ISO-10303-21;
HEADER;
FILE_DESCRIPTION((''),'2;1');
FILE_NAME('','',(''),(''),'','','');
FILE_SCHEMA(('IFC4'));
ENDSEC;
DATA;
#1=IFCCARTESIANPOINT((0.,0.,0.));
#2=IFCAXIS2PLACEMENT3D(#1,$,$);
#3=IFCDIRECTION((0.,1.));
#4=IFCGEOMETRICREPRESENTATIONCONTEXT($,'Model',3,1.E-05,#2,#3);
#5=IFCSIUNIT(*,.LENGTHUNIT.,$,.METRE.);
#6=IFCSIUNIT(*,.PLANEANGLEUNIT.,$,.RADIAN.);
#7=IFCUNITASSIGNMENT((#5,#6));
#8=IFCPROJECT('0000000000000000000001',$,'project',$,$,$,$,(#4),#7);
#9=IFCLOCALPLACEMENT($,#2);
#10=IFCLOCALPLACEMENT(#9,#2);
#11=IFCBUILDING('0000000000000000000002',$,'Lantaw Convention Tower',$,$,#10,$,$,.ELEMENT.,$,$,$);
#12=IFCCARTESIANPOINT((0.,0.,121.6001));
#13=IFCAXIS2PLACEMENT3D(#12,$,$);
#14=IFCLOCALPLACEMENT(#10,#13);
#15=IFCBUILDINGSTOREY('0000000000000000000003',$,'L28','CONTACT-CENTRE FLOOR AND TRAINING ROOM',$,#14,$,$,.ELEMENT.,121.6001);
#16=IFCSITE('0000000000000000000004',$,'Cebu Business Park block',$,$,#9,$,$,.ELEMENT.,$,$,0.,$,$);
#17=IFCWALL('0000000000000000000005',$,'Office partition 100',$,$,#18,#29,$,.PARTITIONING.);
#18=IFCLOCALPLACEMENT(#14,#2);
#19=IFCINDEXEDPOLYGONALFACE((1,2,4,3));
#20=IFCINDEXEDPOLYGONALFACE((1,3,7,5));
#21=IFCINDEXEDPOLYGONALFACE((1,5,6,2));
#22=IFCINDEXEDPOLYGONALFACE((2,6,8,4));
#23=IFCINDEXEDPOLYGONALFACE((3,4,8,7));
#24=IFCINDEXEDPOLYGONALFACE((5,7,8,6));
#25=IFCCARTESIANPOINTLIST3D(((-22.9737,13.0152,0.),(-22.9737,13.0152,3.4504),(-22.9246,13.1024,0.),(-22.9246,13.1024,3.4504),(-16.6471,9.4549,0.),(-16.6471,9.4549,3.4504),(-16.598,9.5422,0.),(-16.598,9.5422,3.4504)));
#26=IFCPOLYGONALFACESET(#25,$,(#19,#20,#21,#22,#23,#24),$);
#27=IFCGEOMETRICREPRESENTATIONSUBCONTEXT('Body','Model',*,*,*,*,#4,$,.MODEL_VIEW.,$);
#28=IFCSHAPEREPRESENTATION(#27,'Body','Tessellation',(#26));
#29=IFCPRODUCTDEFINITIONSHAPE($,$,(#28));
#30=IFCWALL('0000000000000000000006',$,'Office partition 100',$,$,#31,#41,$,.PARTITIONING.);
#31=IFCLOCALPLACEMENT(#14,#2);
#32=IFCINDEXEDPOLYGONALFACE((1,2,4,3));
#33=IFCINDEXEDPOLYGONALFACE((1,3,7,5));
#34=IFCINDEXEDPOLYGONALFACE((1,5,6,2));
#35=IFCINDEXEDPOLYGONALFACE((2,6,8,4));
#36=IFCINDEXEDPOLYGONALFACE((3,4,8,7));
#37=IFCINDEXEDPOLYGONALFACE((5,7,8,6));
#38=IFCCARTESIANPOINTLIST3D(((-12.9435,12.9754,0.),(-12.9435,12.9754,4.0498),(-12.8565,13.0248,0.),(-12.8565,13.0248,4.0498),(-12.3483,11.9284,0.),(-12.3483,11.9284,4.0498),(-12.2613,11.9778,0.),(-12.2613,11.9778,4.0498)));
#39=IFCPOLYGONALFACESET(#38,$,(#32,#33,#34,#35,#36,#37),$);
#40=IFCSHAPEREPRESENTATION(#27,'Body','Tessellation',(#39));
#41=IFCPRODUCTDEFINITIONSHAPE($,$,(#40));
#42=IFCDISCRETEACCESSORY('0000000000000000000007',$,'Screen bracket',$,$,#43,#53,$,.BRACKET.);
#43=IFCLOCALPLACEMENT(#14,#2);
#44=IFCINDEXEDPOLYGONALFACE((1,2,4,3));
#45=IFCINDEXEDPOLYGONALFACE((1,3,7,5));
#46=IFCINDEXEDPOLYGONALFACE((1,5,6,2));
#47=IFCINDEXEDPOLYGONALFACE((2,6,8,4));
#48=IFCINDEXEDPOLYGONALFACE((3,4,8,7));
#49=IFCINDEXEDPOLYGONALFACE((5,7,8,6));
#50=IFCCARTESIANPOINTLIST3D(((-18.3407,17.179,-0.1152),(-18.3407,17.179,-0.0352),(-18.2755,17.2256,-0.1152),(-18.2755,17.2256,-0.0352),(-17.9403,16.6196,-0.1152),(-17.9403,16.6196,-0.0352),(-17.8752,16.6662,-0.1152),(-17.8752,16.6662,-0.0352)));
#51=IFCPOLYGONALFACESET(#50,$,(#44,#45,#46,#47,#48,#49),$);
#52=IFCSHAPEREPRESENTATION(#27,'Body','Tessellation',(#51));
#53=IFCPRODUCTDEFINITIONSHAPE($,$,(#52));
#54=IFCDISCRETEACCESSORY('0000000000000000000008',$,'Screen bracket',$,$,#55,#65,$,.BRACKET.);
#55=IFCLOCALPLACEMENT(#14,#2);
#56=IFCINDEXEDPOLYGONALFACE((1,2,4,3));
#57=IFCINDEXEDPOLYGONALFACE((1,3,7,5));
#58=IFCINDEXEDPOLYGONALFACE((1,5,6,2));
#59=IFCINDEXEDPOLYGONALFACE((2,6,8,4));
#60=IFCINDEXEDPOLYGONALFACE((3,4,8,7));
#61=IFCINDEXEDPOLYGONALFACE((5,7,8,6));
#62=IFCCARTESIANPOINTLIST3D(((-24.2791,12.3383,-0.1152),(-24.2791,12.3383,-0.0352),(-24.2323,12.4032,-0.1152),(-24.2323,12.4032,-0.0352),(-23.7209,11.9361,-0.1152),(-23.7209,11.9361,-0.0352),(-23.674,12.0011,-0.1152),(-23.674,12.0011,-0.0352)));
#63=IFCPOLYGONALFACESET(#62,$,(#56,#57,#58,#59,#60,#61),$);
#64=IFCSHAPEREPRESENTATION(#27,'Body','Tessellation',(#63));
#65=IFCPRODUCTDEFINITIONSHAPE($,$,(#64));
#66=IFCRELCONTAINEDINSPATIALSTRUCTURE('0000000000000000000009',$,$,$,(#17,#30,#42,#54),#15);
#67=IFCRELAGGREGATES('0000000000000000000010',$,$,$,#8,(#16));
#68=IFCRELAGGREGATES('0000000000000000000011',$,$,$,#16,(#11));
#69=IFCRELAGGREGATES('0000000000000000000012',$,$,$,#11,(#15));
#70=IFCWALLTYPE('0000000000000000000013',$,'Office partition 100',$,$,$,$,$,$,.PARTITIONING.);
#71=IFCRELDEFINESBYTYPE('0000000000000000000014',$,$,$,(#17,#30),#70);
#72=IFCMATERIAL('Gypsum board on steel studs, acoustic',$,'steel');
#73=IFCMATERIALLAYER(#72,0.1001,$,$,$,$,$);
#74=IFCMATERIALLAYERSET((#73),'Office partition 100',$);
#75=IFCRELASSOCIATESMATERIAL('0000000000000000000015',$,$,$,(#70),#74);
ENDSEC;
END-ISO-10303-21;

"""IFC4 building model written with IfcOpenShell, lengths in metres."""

from ifc_helpers import new_model, si_unit, direction, frame, frame_2d, origin, origin_2d, place, context, subcontext, project, spatial, rectangle, extrude, material, layer, layer_set, type_object, element, save


model = new_model("IFC4")

# Units and contexts
model_context = context("Model", 3, precision=1e-05, world=origin(), true_north=direction((0.0, 1.0)))
body_context = subcontext(model_context, "Body", "Model", "MODEL_VIEW")
ifc_project = project(units=[si_unit("LENGTHUNIT", "METRE"), si_unit("PLANEANGLEUNIT", "RADIAN")], contexts=[model_context])

# Site, building, storey
site_placement = place(None, origin())
site = spatial("IfcSite", under=ifc_project, at=site_placement, Name="Cebu Business Park block", CompositionType="ELEMENT", RefElevation=0.0)
building_placement = place(site_placement, origin())
building = spatial("IfcBuilding", under=site, at=building_placement, Name="Lantaw Convention Tower", CompositionType="ELEMENT")
storey_placement = place(building_placement, frame((0.0, 0.0, 121.6001)))
storey = spatial("IfcBuildingStorey", under=building, at=storey_placement, Name="L28", Description="CONTACT-CENTRE FLOOR AND TRAINING ROOM", CompositionType="ELEMENT", Elevation=121.6001)

# Walls
ifc_material_1 = material(Name="Gypsum board on steel studs, acoustic", Category="steel")
ifc_layer_1 = layer(ifc_material_1, 0.1001)
ifc_layer_set_1 = layer_set([ifc_layer_1], Name="Office partition 100")
wall_type_1 = type_object("IfcWallType", Name="Office partition 100", PredefinedType="PARTITIONING", material=ifc_layer_set_1)
wall_1_placement = place(storey_placement, frame((-22.9492, 13.0588, 0.0), z_axis=(0.0, 0.0, 1.0), x_axis=(0.871484, -0.490424, 0.0)))
element("IfcWall", 1, at=wall_1_placement, inside=storey, type_object=wall_type_1, Name="Office partition 100", PredefinedType="PARTITIONING", context=body_context, shape_type="SweptSolid", body=[
    extrude(rectangle(XDim=7.2595, YDim=0.1001, at=frame_2d((3.6299, 0.0))), origin(), (0.0, 0.0, 1.0), 3.4504),
])
wall_2_placement = place(storey_placement, frame((-12.8999, 13.0, 0.0), z_axis=(0.0, 0.0, 1.0), x_axis=(0.494173, -0.869364, 0.0)))
element("IfcWall", 2, at=wall_2_placement, inside=storey, type_object=wall_type_1, Name="Office partition 100", PredefinedType="PARTITIONING", context=body_context, shape_type="SweptSolid", body=[
    extrude(rectangle(XDim=1.2043, YDim=0.1001, at=frame_2d((0.6021, 0.0))), origin(), (0.0, 0.0, 1.0), 4.0498),
])

# Discrete accessories
for number, where, z_axis, x_axis, name in (
    (3, (-18.1079, 16.9226, -0.1152), (0.0, 0.0, 1.0), (-0.813208, -0.581973, 0.0), "Screen bracket"),
    (4, (-23.9766, 12.1697, -0.1152), (0.0, 0.0, 1.0), (-0.584513, -0.811385, 0.0), "Screen bracket"),
):
    element("IfcDiscreteAccessory", number, at=place(storey_placement, frame(where, z_axis=z_axis, x_axis=x_axis)), inside=storey, Name=name, PredefinedType="BRACKET", context=body_context, shape_type="SweptSolid", body=[
        extrude(rectangle(XDim=0.0801, YDim=0.688, at=origin_2d()), origin(), (0.0, 0.0, 1.0), 0.0801),
    ])

save(model, "model.ifc")
